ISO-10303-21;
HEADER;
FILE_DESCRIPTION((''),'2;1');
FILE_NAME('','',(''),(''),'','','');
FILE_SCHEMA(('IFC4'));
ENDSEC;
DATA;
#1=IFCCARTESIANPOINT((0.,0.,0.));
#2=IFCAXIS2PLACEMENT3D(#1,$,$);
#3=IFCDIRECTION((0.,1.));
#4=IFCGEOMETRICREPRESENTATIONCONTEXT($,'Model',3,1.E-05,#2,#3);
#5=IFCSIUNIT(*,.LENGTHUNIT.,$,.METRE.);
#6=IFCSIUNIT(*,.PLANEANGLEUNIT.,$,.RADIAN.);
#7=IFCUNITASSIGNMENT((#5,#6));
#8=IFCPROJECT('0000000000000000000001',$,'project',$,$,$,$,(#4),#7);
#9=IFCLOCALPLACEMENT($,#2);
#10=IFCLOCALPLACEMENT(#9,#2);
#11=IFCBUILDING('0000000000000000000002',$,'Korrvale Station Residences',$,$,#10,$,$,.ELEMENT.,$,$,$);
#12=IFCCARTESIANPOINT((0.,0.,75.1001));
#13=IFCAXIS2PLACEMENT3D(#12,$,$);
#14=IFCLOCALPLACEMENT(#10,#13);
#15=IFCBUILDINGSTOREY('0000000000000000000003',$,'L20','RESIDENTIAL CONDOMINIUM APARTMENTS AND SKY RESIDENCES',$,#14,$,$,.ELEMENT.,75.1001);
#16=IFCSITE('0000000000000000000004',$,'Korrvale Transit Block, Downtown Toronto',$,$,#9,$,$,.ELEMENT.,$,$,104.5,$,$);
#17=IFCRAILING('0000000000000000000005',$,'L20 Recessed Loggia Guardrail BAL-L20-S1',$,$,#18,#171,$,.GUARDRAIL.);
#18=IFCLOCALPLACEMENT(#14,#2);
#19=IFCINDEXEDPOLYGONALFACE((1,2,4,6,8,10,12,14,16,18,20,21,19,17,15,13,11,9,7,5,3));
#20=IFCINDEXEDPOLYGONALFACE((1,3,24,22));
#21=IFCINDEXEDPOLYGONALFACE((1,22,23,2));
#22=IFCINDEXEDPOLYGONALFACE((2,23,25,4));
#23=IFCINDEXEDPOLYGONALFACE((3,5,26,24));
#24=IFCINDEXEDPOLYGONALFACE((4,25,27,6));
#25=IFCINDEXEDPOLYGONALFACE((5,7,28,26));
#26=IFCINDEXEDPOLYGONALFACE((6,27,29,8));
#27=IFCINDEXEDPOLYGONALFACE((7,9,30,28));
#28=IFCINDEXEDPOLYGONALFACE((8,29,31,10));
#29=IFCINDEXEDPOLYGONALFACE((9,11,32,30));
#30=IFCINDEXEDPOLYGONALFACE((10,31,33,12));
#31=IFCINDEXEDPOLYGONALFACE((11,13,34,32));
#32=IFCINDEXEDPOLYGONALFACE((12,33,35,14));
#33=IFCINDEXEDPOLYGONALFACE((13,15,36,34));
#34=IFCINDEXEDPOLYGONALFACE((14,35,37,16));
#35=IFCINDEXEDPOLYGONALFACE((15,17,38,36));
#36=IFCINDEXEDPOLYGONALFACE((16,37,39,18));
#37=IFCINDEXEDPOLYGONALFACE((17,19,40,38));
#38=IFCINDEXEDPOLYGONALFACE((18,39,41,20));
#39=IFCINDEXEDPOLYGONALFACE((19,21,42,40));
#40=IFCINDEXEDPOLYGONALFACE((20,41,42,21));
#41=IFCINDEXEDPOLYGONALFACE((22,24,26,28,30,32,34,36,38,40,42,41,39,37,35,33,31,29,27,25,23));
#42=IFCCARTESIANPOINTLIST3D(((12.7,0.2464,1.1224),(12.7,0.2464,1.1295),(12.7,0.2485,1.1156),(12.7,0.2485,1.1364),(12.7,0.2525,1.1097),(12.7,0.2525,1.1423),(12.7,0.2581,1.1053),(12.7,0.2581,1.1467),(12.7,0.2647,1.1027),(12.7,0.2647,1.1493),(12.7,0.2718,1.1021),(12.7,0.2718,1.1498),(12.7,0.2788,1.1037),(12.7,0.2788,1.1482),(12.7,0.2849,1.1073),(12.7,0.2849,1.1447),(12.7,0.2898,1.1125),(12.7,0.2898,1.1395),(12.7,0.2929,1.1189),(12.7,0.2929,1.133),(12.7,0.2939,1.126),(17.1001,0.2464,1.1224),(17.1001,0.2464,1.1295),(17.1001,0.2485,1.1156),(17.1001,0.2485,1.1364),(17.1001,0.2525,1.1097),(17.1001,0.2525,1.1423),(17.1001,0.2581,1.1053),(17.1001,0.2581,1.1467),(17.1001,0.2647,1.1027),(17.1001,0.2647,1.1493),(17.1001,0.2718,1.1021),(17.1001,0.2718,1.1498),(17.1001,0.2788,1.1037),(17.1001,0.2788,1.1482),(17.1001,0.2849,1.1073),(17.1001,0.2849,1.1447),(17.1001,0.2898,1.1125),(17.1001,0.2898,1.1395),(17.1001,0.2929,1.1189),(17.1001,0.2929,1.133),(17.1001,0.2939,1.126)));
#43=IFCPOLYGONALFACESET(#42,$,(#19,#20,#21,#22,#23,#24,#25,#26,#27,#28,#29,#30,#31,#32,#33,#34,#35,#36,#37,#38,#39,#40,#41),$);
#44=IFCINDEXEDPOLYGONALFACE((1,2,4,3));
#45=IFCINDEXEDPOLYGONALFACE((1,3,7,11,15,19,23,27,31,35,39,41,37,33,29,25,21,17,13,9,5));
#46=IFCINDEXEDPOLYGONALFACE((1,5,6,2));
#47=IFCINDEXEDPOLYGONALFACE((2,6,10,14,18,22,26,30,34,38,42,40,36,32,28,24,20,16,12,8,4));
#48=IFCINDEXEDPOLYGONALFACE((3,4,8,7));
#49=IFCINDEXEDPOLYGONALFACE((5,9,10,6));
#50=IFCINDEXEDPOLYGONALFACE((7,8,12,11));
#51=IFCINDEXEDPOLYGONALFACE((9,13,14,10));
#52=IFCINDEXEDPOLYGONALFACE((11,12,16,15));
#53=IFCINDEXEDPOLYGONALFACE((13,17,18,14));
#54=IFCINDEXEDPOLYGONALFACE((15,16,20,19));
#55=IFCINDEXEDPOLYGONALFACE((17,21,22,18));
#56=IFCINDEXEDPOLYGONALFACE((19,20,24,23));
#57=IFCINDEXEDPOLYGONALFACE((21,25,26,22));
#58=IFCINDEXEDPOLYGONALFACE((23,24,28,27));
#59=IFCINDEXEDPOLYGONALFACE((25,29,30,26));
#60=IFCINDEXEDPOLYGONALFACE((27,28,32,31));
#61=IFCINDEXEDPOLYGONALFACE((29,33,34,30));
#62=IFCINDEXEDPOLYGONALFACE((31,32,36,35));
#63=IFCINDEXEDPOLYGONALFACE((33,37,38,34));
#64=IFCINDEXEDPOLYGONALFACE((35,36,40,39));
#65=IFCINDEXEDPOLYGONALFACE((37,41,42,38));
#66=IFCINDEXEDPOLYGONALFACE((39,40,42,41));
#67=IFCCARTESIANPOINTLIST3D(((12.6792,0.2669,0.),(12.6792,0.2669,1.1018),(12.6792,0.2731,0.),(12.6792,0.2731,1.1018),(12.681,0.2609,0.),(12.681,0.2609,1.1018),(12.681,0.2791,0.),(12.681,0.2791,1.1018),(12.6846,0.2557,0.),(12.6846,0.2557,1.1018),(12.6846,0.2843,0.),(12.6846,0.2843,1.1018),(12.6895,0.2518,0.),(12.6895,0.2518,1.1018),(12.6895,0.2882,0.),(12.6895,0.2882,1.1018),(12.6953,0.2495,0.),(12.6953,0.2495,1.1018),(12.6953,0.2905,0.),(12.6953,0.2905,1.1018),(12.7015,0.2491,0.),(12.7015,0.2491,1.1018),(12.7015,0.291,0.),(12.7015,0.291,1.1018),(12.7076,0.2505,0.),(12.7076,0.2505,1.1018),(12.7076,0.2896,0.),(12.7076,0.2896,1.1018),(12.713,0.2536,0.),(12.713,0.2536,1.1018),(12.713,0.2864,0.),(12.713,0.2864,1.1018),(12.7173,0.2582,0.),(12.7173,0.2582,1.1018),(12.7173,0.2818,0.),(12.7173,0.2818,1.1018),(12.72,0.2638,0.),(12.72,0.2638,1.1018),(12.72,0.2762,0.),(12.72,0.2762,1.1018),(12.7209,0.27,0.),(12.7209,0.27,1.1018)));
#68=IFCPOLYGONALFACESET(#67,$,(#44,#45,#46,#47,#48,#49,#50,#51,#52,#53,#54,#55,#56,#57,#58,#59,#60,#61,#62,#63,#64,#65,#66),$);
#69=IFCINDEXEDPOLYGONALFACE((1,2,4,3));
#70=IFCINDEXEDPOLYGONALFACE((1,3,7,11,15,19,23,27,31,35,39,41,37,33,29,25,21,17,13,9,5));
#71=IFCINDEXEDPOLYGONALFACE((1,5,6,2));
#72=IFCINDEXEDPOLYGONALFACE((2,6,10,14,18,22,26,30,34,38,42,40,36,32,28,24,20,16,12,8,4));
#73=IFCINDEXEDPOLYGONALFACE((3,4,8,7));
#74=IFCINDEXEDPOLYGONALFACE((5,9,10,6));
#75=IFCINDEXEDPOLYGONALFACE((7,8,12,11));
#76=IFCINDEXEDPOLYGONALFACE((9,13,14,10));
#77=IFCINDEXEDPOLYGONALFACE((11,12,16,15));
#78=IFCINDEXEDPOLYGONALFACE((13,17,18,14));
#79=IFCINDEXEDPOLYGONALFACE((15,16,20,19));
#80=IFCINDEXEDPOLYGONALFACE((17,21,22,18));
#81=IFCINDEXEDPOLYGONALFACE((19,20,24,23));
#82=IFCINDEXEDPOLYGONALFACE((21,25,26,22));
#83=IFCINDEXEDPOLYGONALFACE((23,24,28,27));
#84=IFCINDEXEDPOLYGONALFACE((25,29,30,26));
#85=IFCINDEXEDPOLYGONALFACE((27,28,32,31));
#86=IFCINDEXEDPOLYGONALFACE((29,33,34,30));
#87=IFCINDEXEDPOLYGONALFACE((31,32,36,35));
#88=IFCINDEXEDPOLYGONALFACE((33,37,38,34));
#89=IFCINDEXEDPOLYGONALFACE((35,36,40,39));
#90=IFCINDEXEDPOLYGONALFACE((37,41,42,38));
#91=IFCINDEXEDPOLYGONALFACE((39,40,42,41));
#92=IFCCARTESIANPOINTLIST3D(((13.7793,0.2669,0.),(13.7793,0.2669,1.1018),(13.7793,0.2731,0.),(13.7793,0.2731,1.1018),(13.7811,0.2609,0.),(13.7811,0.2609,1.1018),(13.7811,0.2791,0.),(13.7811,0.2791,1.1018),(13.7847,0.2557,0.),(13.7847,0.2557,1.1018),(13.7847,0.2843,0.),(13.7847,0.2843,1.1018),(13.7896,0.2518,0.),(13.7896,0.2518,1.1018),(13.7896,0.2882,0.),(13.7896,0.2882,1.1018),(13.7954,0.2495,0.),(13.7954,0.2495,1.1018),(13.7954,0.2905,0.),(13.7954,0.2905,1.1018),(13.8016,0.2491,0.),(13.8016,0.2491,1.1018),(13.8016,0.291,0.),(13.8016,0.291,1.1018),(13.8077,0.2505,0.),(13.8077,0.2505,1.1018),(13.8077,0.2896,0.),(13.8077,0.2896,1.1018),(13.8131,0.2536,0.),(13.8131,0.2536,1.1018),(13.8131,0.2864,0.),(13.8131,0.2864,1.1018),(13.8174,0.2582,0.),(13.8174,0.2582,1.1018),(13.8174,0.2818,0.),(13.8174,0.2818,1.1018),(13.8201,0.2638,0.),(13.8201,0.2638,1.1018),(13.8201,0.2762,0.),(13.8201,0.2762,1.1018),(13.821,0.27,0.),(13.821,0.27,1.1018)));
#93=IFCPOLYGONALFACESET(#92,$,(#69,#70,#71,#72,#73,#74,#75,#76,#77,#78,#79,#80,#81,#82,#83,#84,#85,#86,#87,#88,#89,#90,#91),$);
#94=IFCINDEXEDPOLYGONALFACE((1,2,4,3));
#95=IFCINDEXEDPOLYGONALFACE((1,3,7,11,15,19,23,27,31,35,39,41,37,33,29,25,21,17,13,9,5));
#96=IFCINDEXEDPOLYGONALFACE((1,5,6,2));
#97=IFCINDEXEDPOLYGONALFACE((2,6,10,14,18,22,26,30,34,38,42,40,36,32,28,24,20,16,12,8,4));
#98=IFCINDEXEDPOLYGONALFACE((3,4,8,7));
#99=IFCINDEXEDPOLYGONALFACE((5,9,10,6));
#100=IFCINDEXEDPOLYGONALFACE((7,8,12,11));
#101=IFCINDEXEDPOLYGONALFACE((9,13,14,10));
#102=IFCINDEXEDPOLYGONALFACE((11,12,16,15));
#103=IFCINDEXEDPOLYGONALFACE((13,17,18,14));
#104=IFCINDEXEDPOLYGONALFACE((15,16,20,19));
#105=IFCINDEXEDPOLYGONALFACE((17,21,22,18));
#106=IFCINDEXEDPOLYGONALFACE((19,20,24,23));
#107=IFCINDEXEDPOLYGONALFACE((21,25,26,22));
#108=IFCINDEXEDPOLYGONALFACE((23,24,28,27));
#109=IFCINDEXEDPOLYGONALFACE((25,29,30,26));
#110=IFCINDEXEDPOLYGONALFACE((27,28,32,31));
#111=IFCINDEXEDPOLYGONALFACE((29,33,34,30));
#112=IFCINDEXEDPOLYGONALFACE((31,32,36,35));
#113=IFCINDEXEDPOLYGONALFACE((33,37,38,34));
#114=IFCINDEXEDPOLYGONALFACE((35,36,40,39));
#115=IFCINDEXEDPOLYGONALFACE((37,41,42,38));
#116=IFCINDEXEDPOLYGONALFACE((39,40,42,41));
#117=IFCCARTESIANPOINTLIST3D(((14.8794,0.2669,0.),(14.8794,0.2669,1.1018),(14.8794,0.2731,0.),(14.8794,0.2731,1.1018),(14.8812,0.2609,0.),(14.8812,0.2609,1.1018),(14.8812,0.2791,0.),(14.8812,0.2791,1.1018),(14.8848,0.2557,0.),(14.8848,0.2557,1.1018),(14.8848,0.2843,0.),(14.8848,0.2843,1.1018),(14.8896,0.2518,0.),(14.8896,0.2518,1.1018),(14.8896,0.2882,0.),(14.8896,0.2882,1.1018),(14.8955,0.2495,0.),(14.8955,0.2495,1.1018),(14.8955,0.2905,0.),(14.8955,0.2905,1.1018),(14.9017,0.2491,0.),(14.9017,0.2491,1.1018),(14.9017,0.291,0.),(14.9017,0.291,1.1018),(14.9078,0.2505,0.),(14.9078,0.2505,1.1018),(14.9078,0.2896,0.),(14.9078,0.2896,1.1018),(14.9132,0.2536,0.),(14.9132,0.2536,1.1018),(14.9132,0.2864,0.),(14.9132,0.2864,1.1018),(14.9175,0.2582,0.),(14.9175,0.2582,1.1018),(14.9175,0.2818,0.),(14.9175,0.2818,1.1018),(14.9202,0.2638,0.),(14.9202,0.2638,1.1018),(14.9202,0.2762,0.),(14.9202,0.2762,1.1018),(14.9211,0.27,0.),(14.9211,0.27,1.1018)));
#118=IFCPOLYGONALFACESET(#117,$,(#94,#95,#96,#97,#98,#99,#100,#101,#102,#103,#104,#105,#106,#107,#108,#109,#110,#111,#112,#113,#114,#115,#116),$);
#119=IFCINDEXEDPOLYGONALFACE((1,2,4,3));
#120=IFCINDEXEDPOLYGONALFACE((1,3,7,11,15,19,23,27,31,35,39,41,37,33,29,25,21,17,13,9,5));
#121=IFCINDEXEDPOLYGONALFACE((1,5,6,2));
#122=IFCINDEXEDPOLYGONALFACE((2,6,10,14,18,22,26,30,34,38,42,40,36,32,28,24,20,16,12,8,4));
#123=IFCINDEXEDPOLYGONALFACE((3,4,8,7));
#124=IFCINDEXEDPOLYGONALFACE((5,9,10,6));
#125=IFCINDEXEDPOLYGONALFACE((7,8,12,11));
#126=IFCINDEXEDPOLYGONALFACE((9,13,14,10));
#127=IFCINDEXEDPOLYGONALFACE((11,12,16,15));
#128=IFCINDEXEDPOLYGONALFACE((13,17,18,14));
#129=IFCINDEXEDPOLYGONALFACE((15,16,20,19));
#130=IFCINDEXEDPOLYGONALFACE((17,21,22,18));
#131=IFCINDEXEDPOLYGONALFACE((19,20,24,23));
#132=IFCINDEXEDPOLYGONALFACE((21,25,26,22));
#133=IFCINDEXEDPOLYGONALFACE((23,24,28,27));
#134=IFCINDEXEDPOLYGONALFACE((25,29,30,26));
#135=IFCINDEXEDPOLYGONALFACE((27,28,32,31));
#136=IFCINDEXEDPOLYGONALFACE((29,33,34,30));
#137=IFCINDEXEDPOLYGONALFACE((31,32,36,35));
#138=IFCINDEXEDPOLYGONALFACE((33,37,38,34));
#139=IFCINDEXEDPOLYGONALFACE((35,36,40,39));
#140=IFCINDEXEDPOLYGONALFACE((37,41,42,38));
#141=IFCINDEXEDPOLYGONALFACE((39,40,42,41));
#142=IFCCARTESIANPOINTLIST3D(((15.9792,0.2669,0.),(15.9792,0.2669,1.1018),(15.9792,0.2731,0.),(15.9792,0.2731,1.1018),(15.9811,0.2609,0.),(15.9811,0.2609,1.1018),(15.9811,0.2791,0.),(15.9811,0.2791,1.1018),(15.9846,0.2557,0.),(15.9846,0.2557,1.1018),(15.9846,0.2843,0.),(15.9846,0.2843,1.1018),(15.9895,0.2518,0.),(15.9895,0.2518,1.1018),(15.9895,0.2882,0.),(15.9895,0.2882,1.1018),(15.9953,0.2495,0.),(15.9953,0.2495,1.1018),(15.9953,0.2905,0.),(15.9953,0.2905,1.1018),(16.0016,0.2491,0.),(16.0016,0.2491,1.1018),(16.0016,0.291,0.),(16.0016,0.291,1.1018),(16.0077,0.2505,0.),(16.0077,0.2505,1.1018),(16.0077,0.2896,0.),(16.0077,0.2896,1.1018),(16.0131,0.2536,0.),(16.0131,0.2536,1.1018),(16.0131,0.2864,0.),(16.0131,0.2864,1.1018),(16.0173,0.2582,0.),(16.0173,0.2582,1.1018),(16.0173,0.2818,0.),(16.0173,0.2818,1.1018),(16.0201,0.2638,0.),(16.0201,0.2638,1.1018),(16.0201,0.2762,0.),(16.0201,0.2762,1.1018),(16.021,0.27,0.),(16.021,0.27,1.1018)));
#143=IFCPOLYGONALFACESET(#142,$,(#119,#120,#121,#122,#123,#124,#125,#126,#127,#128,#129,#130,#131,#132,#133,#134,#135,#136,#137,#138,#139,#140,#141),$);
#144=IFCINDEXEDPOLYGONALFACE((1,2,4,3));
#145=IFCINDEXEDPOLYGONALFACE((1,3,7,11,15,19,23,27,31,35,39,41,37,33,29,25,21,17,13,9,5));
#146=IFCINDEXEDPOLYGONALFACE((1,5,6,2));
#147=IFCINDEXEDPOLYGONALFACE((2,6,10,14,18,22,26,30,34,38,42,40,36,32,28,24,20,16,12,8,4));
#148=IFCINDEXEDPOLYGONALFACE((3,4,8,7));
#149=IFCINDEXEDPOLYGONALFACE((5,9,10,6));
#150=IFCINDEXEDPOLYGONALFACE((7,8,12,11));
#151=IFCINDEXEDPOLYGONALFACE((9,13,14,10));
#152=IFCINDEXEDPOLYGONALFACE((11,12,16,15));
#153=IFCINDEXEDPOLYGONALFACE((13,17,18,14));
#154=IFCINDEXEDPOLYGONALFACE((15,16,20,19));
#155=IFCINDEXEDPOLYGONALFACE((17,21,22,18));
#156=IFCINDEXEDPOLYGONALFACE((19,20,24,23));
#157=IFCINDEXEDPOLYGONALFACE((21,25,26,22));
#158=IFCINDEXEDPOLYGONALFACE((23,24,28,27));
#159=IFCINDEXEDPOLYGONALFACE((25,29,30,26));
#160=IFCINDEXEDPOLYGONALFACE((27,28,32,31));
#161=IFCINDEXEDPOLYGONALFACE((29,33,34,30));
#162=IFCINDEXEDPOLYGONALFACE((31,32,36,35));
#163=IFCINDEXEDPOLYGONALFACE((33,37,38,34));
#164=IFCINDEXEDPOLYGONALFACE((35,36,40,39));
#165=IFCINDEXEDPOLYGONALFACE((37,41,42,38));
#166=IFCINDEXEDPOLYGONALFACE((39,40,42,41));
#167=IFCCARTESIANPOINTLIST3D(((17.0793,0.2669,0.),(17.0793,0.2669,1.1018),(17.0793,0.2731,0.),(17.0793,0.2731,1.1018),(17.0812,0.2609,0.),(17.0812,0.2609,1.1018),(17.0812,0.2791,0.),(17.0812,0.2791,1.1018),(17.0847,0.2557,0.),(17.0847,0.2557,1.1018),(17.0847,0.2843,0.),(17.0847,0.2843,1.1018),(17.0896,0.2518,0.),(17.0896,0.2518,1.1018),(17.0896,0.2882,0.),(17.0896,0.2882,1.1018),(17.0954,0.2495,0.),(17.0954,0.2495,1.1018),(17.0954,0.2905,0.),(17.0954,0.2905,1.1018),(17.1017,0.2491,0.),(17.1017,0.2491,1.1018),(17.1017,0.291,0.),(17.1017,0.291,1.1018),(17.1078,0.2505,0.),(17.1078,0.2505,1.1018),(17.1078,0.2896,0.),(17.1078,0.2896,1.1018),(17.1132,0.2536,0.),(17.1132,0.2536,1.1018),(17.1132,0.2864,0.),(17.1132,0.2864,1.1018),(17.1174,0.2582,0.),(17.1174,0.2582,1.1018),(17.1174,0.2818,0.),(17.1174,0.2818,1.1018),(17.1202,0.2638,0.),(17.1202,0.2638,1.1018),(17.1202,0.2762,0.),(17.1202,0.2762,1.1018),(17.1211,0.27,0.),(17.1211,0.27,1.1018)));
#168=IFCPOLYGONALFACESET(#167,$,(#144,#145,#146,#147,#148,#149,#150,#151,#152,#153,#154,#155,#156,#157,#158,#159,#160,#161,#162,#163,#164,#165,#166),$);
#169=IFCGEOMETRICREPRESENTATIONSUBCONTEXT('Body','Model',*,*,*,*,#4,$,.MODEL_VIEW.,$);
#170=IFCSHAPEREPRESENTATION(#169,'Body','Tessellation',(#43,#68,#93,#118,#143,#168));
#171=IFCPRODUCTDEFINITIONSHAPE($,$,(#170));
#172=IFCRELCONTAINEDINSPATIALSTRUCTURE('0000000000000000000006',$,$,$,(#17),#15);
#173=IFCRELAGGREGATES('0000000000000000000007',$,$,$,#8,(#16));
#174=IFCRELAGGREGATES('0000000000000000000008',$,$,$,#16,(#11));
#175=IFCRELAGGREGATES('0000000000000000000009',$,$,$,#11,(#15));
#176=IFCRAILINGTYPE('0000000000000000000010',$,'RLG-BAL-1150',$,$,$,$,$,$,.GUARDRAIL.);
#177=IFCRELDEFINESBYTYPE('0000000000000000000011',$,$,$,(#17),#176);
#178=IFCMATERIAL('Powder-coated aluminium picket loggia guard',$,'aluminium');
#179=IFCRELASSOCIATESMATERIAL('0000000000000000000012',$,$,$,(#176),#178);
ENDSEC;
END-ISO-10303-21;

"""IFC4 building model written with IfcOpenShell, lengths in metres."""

from ifc_helpers import new_model, si_unit, direction, frame, origin, origin_2d, place, context, subcontext, project, spatial, circle, extrude, material, type_object, element, save


model = new_model("IFC4")

# Units and contexts
model_context = context("Model", 3, precision=1e-05, world=origin(), true_north=direction((0.0, 1.0)))
body_context = subcontext(model_context, "Body", "Model", "MODEL_VIEW")
ifc_project = project(units=[si_unit("LENGTHUNIT", "METRE"), si_unit("PLANEANGLEUNIT", "RADIAN")], contexts=[model_context])

# Site, building, storey
site_placement = place(None, origin())
site = spatial("IfcSite", under=ifc_project, at=site_placement, Name="Korrvale Transit Block, Downtown Toronto", CompositionType="ELEMENT", RefElevation=104.5)
building_placement = place(site_placement, origin())
building = spatial("IfcBuilding", under=site, at=building_placement, Name="Korrvale Station Residences", CompositionType="ELEMENT")
storey_placement = place(building_placement, frame((0.0, 0.0, 75.1001)))
storey = spatial("IfcBuildingStorey", under=building, at=storey_placement, Name="L20", Description="RESIDENTIAL CONDOMINIUM APARTMENTS AND SKY RESIDENCES", CompositionType="ELEMENT", Elevation=75.1001)

# Railing
ifc_material_1 = material(Name="Powder-coated aluminium picket loggia guard", Category="aluminium")
railing_type = type_object("IfcRailingType", Name="RLG-BAL-1150", PredefinedType="GUARDRAIL", material=ifc_material_1)
railing_placement = place(storey_placement, frame((12.7, 0.27, 0.0)))
element("IfcRailing", 1, at=railing_placement, inside=storey, type_object=railing_type, Name="L20 Recessed Loggia Guardrail BAL-L20-S1", PredefinedType="GUARDRAIL", context=body_context, shape_type="SweptSolid", body=[
    extrude(circle(Radius=0.0239, at=origin_2d()), frame((0.0, 0.0, 1.126), z_axis=(1.0, 0.0, 0.0), x_axis=(0.0, 1.0, 0.0)), (0.0, 0.0, 1.0), 4.4001),
    extrude(circle(Radius=0.021, at=origin_2d()), origin(), (0.0, 0.0, 1.0), 1.1018),
    extrude(circle(Radius=0.021, at=origin_2d()), frame((1.1001, 0.0, 0.0)), (0.0, 0.0, 1.0), 1.1018),
    extrude(circle(Radius=0.021, at=origin_2d()), frame((2.2002, 0.0, 0.0)), (0.0, 0.0, 1.0), 1.1018),
    extrude(circle(Radius=0.021, at=origin_2d()), frame((3.3, 0.0, 0.0)), (0.0, 0.0, 1.0), 1.1018),
    extrude(circle(Radius=0.021, at=origin_2d()), frame((4.4001, 0.0, 0.0)), (0.0, 0.0, 1.0), 1.1018),
])

save(model, "model.ifc")
